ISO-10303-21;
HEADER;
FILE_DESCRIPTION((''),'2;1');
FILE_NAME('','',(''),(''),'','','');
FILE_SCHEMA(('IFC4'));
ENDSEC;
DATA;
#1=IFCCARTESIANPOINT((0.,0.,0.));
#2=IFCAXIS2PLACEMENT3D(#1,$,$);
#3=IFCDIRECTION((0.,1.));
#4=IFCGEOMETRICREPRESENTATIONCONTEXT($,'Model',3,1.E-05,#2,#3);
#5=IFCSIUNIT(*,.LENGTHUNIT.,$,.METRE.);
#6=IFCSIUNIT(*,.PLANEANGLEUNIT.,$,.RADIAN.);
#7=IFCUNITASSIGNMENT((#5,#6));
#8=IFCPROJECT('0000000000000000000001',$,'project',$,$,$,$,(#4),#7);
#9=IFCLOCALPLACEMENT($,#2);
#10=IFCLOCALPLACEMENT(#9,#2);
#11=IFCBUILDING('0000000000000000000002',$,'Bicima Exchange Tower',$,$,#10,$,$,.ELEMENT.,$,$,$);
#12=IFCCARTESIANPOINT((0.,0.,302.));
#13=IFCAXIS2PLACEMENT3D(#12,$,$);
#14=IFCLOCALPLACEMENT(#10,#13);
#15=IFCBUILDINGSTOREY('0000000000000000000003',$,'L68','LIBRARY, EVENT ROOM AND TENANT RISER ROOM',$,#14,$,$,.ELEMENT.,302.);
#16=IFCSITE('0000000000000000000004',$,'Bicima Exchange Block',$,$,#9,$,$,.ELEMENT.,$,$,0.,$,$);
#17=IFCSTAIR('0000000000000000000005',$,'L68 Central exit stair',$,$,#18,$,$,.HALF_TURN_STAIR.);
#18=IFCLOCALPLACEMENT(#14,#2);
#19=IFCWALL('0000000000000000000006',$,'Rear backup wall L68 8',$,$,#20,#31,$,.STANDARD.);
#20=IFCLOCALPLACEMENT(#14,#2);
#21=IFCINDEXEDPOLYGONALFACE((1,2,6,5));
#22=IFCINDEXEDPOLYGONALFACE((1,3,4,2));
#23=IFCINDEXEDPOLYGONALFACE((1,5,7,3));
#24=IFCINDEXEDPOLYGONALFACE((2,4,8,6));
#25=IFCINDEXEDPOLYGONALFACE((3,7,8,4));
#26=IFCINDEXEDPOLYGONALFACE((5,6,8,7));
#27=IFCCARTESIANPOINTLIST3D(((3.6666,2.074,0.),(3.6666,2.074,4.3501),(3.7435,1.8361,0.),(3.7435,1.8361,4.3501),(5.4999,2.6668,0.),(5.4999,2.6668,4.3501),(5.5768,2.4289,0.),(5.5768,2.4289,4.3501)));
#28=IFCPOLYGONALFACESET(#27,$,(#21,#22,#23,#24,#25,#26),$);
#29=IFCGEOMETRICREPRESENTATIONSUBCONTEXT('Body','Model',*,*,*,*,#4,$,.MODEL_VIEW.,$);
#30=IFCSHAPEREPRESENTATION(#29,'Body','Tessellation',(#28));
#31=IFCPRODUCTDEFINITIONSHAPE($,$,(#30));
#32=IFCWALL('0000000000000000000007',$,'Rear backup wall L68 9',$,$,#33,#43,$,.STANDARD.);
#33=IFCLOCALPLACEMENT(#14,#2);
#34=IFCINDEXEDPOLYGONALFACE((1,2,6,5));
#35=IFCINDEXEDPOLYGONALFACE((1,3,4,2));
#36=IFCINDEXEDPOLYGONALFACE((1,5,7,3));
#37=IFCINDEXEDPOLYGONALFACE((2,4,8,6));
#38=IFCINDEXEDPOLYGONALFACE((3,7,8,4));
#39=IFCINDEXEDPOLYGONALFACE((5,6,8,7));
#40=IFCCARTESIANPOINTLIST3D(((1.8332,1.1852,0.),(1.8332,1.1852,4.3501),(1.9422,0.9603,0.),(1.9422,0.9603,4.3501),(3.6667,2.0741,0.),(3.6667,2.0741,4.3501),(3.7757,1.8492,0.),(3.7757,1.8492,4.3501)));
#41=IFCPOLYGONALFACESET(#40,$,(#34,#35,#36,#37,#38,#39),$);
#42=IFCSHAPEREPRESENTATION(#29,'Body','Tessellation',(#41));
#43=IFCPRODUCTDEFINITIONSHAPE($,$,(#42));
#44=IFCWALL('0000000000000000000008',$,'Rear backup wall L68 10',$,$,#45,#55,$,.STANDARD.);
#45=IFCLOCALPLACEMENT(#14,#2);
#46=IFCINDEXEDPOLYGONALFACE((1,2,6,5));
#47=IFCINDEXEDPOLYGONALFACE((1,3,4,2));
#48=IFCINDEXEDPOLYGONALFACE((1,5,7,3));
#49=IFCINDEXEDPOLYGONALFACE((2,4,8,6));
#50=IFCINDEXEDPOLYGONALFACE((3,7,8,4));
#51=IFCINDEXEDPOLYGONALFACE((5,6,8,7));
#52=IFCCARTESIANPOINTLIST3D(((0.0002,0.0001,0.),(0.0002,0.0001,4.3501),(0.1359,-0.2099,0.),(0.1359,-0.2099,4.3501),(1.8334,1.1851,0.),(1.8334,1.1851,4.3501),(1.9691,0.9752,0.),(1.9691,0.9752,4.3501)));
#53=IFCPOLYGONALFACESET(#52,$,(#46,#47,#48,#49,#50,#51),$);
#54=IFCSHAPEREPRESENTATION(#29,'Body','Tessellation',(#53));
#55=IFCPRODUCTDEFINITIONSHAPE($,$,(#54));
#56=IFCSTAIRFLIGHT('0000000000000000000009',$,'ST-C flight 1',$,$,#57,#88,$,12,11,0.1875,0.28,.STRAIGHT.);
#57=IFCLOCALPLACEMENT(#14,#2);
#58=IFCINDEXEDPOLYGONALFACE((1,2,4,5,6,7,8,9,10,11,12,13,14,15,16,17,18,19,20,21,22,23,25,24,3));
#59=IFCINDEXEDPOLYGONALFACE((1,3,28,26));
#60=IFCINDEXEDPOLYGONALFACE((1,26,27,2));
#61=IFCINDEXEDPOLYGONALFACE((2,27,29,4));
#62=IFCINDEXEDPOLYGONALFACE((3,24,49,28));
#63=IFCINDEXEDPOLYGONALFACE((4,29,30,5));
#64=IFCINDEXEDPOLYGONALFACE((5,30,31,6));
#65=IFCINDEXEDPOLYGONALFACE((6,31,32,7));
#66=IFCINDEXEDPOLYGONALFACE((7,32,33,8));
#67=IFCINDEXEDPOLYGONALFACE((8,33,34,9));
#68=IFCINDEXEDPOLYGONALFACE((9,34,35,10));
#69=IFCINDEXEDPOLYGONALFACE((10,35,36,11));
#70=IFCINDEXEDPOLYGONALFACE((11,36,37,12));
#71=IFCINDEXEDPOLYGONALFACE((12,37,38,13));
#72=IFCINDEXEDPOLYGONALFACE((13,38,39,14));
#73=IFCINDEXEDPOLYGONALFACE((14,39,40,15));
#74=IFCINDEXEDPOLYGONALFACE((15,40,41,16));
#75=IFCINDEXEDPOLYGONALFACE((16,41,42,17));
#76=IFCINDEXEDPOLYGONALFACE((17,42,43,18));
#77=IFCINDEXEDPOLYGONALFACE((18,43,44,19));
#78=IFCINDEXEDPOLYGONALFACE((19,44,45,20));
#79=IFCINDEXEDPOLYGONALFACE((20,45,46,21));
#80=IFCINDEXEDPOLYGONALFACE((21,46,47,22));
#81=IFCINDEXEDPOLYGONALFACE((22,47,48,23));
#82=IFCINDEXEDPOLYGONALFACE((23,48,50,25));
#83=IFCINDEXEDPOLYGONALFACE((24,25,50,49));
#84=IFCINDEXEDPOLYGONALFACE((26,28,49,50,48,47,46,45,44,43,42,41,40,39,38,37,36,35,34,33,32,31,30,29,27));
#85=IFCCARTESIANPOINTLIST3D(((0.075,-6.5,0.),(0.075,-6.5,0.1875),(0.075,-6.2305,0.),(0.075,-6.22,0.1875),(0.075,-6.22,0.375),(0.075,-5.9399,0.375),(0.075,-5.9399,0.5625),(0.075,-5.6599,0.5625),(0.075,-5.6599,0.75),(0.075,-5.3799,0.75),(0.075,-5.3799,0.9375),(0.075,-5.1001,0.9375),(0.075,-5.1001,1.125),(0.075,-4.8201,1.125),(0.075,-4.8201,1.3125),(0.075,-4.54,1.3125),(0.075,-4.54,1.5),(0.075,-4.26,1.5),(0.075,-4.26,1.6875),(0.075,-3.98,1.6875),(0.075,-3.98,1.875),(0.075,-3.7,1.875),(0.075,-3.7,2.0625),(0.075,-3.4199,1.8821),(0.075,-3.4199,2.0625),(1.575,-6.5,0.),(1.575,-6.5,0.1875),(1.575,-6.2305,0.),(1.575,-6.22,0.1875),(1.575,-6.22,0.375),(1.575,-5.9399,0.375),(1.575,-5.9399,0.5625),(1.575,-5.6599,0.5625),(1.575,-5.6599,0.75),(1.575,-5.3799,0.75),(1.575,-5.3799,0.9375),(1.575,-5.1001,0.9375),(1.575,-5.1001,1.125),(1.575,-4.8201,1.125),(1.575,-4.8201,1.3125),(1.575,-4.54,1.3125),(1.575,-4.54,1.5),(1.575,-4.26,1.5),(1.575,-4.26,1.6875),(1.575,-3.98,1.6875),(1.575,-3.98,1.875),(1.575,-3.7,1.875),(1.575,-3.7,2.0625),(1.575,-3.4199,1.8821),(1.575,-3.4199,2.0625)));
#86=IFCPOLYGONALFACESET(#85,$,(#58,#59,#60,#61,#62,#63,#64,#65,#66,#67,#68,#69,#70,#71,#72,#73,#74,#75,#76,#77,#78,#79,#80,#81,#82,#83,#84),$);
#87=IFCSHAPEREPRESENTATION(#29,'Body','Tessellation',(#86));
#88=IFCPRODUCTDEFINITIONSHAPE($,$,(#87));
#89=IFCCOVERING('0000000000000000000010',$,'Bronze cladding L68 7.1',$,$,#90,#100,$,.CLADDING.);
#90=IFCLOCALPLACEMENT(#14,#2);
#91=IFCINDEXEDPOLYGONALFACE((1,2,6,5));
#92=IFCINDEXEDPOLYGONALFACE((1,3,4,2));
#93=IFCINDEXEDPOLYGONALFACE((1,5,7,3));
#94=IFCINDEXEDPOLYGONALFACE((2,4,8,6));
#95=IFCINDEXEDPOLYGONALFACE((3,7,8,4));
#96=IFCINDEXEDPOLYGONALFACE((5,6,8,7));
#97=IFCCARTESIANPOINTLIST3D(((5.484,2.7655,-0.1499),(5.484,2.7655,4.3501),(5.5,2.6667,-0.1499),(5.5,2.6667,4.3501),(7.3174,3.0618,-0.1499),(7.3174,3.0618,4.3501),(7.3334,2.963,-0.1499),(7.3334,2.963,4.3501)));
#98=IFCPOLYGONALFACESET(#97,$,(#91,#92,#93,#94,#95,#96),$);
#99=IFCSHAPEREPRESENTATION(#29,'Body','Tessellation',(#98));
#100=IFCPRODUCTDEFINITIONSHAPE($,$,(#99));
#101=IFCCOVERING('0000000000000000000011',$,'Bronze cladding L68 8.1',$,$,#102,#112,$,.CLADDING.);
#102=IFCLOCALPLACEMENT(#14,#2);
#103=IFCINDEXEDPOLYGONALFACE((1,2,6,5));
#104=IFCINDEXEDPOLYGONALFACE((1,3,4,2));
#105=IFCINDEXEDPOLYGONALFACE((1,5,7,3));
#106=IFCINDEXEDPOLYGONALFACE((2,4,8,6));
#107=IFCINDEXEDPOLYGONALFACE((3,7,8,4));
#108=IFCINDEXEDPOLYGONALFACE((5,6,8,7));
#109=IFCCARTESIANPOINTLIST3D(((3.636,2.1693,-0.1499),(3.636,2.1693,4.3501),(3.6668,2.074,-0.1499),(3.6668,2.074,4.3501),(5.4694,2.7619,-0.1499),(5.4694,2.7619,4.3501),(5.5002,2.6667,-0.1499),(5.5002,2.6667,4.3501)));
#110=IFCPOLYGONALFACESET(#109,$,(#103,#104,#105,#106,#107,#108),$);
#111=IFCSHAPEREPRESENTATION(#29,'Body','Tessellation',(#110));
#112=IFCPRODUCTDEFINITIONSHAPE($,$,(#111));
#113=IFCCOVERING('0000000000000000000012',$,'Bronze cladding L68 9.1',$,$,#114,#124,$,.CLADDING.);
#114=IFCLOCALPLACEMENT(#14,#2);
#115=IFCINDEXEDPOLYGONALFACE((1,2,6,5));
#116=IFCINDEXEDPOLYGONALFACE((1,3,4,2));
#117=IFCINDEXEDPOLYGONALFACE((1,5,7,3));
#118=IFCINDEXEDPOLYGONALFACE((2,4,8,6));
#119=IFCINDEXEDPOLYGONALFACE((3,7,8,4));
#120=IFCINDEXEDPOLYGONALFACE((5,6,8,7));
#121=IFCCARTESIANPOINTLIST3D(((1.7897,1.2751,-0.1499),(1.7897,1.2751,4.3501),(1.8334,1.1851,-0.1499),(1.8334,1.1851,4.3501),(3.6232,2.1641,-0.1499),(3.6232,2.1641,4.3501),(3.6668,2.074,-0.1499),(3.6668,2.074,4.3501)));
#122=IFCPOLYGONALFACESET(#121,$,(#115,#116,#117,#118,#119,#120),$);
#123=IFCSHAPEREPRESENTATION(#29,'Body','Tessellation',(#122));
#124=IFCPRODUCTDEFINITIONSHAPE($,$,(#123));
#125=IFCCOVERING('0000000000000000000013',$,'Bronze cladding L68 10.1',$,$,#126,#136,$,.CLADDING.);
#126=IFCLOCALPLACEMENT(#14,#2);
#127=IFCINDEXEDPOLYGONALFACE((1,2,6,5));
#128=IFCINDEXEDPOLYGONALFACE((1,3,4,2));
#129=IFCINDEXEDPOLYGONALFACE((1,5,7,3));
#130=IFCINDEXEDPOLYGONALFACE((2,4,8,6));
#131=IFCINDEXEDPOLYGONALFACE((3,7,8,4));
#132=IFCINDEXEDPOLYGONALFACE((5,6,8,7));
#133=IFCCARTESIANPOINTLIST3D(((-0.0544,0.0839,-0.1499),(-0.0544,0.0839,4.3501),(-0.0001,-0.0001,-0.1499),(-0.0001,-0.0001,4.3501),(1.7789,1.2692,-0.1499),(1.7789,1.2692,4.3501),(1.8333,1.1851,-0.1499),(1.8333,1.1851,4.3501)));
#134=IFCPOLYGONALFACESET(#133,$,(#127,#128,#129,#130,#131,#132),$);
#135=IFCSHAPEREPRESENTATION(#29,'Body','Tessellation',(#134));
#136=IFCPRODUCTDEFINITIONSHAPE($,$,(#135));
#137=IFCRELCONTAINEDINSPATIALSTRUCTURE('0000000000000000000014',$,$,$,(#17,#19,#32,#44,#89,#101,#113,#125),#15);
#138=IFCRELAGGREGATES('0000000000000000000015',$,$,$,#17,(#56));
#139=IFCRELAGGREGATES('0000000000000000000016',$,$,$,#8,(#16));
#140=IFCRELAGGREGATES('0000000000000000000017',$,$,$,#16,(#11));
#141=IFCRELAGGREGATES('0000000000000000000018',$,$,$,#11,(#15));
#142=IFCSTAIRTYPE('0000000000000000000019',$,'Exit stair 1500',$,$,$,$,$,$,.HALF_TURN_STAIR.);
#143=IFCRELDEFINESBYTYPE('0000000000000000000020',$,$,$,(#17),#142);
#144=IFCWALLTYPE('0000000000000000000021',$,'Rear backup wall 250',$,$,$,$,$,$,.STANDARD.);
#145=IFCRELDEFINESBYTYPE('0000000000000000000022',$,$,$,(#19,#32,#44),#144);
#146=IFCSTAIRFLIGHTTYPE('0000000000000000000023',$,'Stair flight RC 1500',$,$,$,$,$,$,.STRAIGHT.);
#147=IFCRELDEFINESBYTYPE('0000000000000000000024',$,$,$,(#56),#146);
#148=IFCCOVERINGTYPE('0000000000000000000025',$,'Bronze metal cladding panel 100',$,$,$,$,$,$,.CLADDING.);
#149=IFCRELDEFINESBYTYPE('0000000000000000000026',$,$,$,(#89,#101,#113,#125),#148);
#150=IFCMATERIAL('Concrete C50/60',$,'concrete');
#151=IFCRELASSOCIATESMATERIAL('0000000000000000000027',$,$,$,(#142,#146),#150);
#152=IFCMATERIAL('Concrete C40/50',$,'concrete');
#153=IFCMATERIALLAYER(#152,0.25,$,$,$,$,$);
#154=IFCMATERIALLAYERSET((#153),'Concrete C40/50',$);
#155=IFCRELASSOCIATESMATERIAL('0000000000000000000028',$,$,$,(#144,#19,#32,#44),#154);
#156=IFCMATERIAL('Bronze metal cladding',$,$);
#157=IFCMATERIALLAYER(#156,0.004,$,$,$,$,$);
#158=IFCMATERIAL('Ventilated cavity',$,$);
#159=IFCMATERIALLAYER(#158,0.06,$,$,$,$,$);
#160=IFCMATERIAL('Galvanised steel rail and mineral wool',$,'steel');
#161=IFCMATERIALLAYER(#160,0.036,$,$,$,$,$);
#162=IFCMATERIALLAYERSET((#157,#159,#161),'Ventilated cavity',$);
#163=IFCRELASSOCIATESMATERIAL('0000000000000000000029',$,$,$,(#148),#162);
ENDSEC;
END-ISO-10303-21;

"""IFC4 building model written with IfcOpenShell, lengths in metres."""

from ifc_helpers import new_model, si_unit, direction, frame, frame_2d, origin, origin_2d, place, context, subcontext, project, spatial, polyline, rectangle, outline, extrude, material, layer, layer_set, layer_usage, type_object, element, aggregate, save


model = new_model("IFC4")

# Units and contexts
model_context = context("Model", 3, precision=1e-05, world=origin(), true_north=direction((0.0, 1.0)))
body_context = subcontext(model_context, "Body", "Model", "MODEL_VIEW")
ifc_project = project(units=[si_unit("LENGTHUNIT", "METRE"), si_unit("PLANEANGLEUNIT", "RADIAN")], contexts=[model_context])

# Site, building, storey
site_placement = place(None, origin())
site = spatial("IfcSite", under=ifc_project, at=site_placement, Name="Bicima Exchange Block", CompositionType="ELEMENT", RefElevation=0.0)
building_placement = place(site_placement, origin())
building = spatial("IfcBuilding", under=site, at=building_placement, Name="Bicima Exchange Tower", CompositionType="ELEMENT")
storey_placement = place(building_placement, frame((0.0, 0.0, 302.0)))
storey = spatial("IfcBuildingStorey", under=building, at=storey_placement, Name="L68", Description="LIBRARY, EVENT ROOM AND TENANT RISER ROOM", CompositionType="ELEMENT", Elevation=302.0)

# Shared definitions
ifc_material_1 = material(Name="Concrete C40/50", Category="concrete")

# Stair
ifc_material_2 = material(Name="Concrete C50/60", Category="concrete")
stair_type_1 = type_object("IfcStairType", Name="Exit stair 1500", PredefinedType="HALF_TURN_STAIR", material=ifc_material_2)
stair_1_placement = place(storey_placement, origin())
stair_1 = element("IfcStair", 1, at=stair_1_placement, inside=storey, type_object=stair_type_1, Name="L68 Central exit stair", PredefinedType="HALF_TURN_STAIR")

# Walls
ifc_layer_1 = layer(ifc_material_1, 0.25)
ifc_layer_set_1 = layer_set([ifc_layer_1], Name="Concrete C40/50")
ifc_layer_usage = layer_usage(ifc_layer_set_1, "AXIS2", "POSITIVE", -0.125)
wall_type_1 = type_object("IfcWallType", Name="Rear backup wall 250", PredefinedType="STANDARD", material=ifc_layer_set_1)
wall_1_placement = place(storey_placement, frame((5.5383, 2.5479, 0.0), z_axis=(0.0, 0.0, 1.0), x_axis=(-0.951496, -0.307662, 0.0)))
element("IfcWall", 2, at=wall_1_placement, inside=storey, type_object=wall_type_1, material=ifc_layer_usage, Name="Rear backup wall L68 8", PredefinedType="STANDARD", context=body_context, shape_type="SweptSolid", body=[
    extrude(rectangle(XDim=1.9268, YDim=0.25, at=frame_2d((0.9634, 0.0))), origin(), (0.0, 0.0, 1.0), 4.3501),
])
wall_2_placement = place(storey_placement, frame((3.7212, 1.9617, 0.0), z_axis=(0.0, 0.0, 1.0), x_axis=(-0.899824, -0.436253, 0.0)))
element("IfcWall", 3, at=wall_2_placement, inside=storey, type_object=wall_type_1, material=ifc_layer_usage, Name="Rear backup wall L68 9", PredefinedType="STANDARD", context=body_context, shape_type="SweptSolid", body=[
    extrude(rectangle(XDim=2.0376, YDim=0.25, at=frame_2d((1.0188, 0.0))), origin(), (0.0, 0.0, 1.0), 4.3501),
])
wall_3_placement = place(storey_placement, frame((1.9011, 1.0801, 0.0), z_axis=(0.0, 0.0, 1.0), x_axis=(-0.839813, -0.542876, 0.0)))
element("IfcWall", 4, at=wall_3_placement, inside=storey, type_object=wall_type_1, material=ifc_layer_usage, Name="Rear backup wall L68 10", PredefinedType="STANDARD", context=body_context, shape_type="SweptSolid", body=[
    extrude(rectangle(XDim=2.1829, YDim=0.25, at=frame_2d((1.0913, 0.0))), origin(), (0.0, 0.0, 1.0), 4.3501),
])

# Stair flight
stair_flight_type = type_object("IfcStairFlightType", Name="Stair flight RC 1500", PredefinedType="STRAIGHT", material=ifc_material_2)
stair_flight_placement = place(storey_placement, frame((0.825, -6.5, 0.0), z_axis=(0.0, 0.0, 1.0), x_axis=(0.0, 1.0, 0.0)))
stair_flight = element("IfcStairFlight", 5, at=stair_flight_placement, type_object=stair_flight_type, Name="ST-C flight 1", NumberOfRisers=12, NumberOfTreads=11, PredefinedType="STRAIGHT", RiserHeight=0.1875, TreadLength=0.28, context=body_context, shape_type="SweptSolid", body=[
    extrude(outline(polyline([(0.0, 0.0), (0.0, 0.1875), (0.28, 0.1875), (0.28, 0.375), (0.5601, 0.375), (0.5601, 0.5625), (0.8401, 0.5625), (0.8401, 0.75), (1.1201, 0.75), (1.1201, 0.9375), (1.3999, 0.9375), (1.3999, 1.125), (1.6799, 1.125), (1.6799, 1.3125), (1.96, 1.3125), (1.96, 1.5), (2.24, 1.5), (2.24, 1.6875), (2.52, 1.6875), (2.52, 1.875), (2.8, 1.875), (2.8, 2.0625), (3.0801, 2.0625), (3.0801, 2.25), (3.0801, 1.8821), (0.2695, 0.0), (0.0, 0.0)])), frame((0.0, 0.75, 0.0), z_axis=(0.0, -1.0, 0.0), x_axis=(1.0, 0.0, 0.0)), (0.0, 0.0, 1.0), 1.5),
])
aggregate(stair_1, [stair_flight])

# Coverings
ifc_material_3 = material(Name="Bronze metal cladding")
ifc_layer_2 = layer(ifc_material_3, 0.004)
ifc_material_4 = material(Name="Ventilated cavity")
ifc_layer_3 = layer(ifc_material_4, 0.06)
ifc_material_5 = material(Name="Galvanised steel rail and mineral wool", Category="steel")
ifc_layer_4 = layer(ifc_material_5, 0.036)
ifc_layer_set_2 = layer_set([ifc_layer_2, ifc_layer_3, ifc_layer_4], Name="Ventilated cavity")
covering_type = type_object("IfcCoveringType", Name="Bronze metal cladding panel 100", PredefinedType="CLADDING", material=ifc_layer_set_2)
covering_1_placement = place(storey_placement, frame((6.4087, 2.8643, -0.1499), z_axis=(0.0, 0.0, 1.0), x_axis=(-0.98719, -0.15955, 0.0)))
element("IfcCovering", 6, at=covering_1_placement, inside=storey, type_object=covering_type, Name="Bronze cladding L68 7.1", PredefinedType="CLADDING", context=body_context, shape_type="SweptSolid", body=[
    extrude(rectangle(XDim=1.8572, YDim=0.1001, at=origin_2d()), origin(), (0.0, 0.0, 1.0), 4.5),
])
covering_2_placement = place(storey_placement, frame((4.5681, 2.418, -0.1499), z_axis=(0.0, 0.0, 1.0), x_axis=(-0.951525, -0.307573, 0.0)))
element("IfcCovering", 7, at=covering_2_placement, inside=storey, type_object=covering_type, Name="Bronze cladding L68 8.1", PredefinedType="CLADDING", context=body_context, shape_type="SweptSolid", body=[
    extrude(rectangle(XDim=1.9268, YDim=0.1001, at=origin_2d()), origin(), (0.0, 0.0, 1.0), 4.5),
])
covering_3_placement = place(storey_placement, frame((2.7283, 1.6746, -0.1499), z_axis=(0.0, 0.0, 1.0), x_axis=(-0.899818, -0.436265, 0.0)))
element("IfcCovering", 8, at=covering_3_placement, inside=storey, type_object=covering_type, Name="Bronze cladding L68 9.1", PredefinedType="CLADDING", context=body_context, shape_type="SweptSolid", body=[
    extrude(rectangle(XDim=2.0376, YDim=0.1001, at=origin_2d()), origin(), (0.0, 0.0, 1.0), 4.5),
])
covering_4_placement = place(storey_placement, frame((0.8894, 0.6345, -0.1499), z_axis=(0.0, 0.0, 1.0), x_axis=(-0.83979, -0.542911, 0.0)))
element("IfcCovering", 9, at=covering_4_placement, inside=storey, type_object=covering_type, Name="Bronze cladding L68 10.1", PredefinedType="CLADDING", context=body_context, shape_type="SweptSolid", body=[
    extrude(rectangle(XDim=2.1831, YDim=0.1001, at=origin_2d()), origin(), (0.0, 0.0, 1.0), 4.5),
])

save(model, "model.ifc")
